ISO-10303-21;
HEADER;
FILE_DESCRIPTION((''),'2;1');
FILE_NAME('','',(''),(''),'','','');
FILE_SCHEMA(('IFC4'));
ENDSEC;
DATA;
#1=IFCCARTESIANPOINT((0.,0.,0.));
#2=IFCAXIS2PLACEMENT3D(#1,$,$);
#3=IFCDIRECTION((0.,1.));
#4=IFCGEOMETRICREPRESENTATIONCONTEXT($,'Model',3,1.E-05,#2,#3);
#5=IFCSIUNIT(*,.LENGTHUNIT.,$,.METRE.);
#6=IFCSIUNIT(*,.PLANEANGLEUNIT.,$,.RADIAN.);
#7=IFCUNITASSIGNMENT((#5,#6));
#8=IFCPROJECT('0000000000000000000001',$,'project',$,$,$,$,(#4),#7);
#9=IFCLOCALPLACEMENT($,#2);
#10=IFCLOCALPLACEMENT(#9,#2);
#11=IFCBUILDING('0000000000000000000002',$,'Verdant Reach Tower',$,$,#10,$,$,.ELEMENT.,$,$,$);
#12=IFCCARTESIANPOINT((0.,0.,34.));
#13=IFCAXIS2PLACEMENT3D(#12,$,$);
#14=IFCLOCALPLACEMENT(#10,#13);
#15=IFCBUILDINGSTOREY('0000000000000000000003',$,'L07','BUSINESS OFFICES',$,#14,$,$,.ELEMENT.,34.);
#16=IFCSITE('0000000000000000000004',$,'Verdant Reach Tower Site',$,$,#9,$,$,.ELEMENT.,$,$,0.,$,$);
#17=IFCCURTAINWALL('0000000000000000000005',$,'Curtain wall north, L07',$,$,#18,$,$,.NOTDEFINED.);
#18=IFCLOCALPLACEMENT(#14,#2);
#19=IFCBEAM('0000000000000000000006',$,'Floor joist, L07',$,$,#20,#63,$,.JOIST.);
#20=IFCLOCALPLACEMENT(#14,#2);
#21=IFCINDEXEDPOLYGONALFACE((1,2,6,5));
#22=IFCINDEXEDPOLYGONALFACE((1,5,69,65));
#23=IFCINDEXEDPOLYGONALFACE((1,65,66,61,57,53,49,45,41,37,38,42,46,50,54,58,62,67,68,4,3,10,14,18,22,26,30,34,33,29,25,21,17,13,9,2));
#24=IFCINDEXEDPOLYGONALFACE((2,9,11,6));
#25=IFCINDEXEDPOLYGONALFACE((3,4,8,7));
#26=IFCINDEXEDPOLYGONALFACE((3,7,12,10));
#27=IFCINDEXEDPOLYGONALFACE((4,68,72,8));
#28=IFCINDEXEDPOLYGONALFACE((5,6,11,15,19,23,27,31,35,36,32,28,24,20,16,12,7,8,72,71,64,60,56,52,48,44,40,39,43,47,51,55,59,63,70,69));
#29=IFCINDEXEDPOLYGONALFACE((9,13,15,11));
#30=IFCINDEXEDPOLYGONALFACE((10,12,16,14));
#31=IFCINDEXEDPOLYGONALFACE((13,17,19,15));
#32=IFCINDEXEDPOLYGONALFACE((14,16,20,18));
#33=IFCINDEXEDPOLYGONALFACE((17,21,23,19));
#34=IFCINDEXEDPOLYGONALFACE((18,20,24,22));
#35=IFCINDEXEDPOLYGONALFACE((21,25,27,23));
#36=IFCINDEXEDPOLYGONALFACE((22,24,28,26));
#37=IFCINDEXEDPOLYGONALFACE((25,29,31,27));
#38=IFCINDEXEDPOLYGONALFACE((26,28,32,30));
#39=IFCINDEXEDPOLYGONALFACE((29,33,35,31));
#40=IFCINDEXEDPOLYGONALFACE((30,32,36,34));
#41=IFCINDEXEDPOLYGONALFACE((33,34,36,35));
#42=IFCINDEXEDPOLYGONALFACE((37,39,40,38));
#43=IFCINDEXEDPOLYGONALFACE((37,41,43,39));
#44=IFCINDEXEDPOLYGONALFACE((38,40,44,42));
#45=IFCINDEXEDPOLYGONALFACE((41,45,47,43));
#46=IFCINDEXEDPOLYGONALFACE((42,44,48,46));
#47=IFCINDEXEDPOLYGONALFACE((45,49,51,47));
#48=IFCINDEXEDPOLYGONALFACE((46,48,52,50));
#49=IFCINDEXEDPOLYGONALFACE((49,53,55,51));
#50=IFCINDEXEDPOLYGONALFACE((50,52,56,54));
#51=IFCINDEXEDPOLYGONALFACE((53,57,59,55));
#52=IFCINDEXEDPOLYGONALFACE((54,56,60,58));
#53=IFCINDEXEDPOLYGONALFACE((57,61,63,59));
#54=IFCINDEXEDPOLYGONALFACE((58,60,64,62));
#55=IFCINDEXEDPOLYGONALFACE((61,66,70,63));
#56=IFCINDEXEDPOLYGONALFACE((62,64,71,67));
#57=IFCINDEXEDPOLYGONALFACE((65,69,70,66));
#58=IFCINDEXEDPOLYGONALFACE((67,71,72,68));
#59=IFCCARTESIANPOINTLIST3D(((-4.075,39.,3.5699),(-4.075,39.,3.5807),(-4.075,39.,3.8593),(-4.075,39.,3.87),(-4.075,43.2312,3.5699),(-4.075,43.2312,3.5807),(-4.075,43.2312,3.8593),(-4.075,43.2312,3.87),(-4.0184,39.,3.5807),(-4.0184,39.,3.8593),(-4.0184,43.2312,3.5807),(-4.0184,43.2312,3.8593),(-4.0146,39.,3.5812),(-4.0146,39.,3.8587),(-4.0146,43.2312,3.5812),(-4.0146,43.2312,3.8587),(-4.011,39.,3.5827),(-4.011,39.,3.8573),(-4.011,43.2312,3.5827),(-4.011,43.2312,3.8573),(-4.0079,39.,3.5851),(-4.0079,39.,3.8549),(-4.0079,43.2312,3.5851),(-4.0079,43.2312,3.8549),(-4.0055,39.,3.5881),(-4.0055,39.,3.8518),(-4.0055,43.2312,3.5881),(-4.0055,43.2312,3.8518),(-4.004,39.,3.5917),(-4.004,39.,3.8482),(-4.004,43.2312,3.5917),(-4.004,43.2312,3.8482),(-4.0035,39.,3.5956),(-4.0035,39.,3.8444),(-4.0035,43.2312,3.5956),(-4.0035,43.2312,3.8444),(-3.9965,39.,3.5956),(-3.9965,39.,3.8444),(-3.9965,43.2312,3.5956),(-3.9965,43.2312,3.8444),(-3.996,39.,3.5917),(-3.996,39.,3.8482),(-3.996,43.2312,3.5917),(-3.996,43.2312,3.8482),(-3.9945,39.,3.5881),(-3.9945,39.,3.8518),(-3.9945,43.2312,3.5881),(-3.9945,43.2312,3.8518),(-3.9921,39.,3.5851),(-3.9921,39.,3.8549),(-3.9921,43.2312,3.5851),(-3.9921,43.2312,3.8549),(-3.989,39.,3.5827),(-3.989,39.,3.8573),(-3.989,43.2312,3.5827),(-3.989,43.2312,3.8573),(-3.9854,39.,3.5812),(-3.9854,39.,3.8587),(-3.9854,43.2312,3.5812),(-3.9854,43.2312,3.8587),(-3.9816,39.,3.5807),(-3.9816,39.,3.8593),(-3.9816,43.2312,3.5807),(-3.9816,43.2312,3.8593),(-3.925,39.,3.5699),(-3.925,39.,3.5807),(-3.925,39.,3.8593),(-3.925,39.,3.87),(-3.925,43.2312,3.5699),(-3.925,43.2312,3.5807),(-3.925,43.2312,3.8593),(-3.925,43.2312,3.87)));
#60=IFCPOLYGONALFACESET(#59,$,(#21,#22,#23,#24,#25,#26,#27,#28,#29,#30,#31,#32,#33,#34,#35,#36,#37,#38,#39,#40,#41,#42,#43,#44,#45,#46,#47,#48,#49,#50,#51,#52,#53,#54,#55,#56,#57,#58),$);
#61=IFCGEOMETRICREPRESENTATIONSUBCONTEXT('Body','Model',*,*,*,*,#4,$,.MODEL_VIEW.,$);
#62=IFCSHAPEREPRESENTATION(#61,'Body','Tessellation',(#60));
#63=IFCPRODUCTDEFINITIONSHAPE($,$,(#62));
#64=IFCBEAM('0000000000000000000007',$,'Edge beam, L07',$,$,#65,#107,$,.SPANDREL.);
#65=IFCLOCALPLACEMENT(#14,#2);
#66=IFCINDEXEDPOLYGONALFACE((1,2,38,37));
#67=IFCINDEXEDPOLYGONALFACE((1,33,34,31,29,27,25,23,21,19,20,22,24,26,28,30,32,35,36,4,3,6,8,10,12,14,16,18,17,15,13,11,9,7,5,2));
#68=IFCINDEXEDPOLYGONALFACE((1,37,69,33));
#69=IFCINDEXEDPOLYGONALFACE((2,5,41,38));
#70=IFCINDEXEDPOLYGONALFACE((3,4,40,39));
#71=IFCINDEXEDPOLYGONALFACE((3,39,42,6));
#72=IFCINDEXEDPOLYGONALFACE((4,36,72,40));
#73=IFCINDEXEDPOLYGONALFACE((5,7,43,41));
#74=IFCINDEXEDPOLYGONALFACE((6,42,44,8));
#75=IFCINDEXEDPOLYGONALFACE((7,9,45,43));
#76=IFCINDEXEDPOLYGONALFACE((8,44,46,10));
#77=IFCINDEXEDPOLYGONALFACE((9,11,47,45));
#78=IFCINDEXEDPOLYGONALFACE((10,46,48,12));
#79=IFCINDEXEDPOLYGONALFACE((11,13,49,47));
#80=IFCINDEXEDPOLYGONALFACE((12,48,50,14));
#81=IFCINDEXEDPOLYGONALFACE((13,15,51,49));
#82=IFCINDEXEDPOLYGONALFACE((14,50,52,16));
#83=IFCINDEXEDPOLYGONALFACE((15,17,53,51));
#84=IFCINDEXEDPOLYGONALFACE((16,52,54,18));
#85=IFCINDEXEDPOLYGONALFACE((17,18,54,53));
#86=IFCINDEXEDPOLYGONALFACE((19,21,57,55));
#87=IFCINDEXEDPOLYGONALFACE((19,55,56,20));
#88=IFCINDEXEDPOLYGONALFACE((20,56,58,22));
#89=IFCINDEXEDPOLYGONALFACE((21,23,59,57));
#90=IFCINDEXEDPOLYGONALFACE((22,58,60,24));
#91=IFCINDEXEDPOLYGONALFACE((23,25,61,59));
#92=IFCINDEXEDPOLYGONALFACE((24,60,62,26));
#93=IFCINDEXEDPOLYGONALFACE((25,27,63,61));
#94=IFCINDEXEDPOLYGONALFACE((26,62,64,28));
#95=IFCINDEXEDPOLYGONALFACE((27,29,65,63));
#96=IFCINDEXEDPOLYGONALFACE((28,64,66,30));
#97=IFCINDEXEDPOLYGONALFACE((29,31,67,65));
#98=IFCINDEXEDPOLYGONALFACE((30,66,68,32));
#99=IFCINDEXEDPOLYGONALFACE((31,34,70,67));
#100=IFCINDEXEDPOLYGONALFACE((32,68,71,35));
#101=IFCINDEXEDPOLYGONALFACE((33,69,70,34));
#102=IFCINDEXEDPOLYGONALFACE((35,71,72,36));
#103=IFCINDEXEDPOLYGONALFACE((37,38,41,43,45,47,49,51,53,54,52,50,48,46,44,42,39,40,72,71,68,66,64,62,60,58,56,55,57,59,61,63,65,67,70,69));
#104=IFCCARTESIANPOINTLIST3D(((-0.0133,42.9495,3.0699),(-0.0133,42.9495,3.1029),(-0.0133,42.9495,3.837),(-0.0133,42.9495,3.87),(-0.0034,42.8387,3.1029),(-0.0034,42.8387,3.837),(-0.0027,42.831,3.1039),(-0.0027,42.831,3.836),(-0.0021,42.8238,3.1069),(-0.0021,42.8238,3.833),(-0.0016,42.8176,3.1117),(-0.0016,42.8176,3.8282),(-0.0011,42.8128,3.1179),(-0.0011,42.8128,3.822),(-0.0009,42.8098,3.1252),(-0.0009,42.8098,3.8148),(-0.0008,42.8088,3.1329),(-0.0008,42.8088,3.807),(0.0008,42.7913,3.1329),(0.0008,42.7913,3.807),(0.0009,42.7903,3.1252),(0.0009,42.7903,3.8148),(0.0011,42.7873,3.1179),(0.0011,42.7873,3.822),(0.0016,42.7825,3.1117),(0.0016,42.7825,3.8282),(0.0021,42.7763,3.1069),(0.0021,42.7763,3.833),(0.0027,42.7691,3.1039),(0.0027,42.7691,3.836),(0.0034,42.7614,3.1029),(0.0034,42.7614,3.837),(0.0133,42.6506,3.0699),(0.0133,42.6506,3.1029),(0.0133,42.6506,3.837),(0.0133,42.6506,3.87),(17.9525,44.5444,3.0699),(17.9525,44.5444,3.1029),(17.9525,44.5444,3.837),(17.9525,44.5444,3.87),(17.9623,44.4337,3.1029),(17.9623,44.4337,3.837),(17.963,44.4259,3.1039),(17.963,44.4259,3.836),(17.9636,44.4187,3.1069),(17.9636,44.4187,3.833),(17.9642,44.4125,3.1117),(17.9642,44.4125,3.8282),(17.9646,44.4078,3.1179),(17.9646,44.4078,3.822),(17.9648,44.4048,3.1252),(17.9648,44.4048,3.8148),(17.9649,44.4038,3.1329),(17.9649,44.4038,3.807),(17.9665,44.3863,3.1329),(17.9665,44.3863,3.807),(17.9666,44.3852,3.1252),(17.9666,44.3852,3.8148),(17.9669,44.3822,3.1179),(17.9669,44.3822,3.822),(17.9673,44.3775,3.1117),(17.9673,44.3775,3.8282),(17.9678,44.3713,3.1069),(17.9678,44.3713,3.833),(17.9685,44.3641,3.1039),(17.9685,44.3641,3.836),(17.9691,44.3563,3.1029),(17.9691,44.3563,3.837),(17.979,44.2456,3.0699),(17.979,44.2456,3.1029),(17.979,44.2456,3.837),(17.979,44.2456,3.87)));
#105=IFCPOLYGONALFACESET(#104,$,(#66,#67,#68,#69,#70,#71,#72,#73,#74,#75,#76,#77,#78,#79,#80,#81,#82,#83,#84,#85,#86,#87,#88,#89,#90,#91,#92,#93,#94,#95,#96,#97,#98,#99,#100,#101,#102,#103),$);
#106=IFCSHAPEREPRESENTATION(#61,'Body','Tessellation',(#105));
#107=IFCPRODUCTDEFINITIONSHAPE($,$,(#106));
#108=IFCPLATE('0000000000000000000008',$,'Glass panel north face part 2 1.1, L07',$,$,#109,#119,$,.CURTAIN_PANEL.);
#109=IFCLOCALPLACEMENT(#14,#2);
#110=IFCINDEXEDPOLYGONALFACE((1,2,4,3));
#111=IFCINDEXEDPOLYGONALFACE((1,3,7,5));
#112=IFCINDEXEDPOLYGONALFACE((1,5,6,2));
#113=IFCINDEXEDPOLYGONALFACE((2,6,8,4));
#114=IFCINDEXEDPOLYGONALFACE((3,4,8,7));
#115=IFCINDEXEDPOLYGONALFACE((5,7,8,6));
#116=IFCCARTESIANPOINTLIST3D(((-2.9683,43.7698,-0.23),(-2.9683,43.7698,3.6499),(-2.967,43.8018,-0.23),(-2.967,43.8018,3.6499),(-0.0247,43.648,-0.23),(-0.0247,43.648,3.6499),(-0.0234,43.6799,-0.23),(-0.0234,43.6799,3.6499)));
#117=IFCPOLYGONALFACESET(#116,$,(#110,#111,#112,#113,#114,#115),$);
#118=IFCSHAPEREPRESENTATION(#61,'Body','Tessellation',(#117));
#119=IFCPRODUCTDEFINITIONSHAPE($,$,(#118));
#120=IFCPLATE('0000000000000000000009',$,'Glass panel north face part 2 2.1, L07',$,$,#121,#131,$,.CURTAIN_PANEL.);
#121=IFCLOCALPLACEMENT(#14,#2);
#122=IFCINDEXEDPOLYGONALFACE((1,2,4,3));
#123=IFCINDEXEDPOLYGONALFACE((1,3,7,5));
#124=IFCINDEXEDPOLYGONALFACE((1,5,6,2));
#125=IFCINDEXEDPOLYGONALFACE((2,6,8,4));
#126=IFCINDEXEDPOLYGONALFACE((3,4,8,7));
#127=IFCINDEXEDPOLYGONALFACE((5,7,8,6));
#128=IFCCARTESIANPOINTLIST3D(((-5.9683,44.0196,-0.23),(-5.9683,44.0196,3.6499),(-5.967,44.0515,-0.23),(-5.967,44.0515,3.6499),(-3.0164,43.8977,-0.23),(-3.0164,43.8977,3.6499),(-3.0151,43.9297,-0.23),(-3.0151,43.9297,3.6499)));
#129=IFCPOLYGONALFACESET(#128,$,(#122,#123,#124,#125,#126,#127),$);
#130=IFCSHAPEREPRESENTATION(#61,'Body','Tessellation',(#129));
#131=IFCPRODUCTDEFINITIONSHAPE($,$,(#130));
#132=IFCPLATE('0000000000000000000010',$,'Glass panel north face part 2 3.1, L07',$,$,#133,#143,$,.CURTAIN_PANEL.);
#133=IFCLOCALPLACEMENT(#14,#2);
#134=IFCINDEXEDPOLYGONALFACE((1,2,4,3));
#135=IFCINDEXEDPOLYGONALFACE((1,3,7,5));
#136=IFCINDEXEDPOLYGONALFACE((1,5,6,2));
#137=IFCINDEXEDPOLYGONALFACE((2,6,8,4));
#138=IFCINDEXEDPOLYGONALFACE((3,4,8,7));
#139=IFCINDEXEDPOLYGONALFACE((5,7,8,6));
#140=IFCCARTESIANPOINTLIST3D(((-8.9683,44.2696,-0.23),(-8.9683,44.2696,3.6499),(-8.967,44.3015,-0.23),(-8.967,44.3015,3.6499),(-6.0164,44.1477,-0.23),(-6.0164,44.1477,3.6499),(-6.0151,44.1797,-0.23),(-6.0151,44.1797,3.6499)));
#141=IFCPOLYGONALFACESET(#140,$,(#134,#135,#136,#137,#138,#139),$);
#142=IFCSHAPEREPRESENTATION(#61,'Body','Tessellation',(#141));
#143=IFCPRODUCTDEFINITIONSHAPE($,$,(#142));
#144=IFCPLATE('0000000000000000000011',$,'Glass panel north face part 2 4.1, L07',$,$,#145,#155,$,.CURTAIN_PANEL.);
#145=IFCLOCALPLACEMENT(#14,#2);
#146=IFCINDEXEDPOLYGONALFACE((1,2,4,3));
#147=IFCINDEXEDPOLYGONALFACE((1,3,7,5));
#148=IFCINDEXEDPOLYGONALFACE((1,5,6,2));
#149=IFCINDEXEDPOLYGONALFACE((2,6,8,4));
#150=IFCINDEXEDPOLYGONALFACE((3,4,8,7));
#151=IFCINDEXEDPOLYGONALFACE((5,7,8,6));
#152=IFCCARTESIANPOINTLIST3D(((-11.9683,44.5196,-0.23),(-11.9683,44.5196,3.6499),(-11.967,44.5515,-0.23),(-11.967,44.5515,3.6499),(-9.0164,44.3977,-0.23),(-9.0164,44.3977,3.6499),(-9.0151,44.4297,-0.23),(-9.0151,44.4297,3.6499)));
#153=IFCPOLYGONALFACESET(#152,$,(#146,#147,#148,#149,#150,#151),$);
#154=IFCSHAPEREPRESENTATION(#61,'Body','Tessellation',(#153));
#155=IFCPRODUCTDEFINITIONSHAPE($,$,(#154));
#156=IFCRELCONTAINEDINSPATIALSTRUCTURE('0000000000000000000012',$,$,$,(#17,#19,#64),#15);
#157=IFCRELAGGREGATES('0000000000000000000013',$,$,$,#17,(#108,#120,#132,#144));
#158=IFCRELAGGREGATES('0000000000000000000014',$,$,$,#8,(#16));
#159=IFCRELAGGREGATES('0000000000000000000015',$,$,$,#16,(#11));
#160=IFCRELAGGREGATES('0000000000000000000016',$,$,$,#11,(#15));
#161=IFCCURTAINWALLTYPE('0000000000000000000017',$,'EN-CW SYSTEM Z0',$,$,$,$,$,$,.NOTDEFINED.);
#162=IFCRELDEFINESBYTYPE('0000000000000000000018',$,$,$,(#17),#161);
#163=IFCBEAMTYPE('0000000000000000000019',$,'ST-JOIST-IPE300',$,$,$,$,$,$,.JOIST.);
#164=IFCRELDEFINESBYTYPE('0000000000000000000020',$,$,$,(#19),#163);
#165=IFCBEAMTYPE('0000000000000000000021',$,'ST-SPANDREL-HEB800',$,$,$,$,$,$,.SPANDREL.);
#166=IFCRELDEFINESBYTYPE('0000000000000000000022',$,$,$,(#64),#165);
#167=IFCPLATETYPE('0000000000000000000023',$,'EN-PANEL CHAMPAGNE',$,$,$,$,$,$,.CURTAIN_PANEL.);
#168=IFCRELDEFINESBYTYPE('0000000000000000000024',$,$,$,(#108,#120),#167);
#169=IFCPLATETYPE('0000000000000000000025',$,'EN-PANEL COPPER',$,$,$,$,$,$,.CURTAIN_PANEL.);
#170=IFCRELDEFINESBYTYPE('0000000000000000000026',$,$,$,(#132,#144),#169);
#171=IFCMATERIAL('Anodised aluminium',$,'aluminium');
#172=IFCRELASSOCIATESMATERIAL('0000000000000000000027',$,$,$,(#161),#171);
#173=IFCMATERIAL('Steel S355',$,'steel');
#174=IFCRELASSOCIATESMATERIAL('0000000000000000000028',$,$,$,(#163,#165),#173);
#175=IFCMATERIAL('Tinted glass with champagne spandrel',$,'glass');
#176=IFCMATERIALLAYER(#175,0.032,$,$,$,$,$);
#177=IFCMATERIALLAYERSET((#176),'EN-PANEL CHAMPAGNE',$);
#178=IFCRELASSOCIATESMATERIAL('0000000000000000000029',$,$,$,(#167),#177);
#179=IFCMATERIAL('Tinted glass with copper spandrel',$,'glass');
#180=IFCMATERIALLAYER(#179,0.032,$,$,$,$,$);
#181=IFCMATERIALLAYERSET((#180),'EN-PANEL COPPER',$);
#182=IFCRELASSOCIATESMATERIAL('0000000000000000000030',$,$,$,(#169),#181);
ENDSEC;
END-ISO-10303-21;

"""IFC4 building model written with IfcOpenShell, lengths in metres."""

from ifc_helpers import new_model, si_unit, direction, frame, origin, origin_2d, place, context, subcontext, project, spatial, rectangle, i_section, extrude, material, layer, layer_set, material_profile, profile_set, type_object, element, aggregate, save


model = new_model("IFC4")

# Units and contexts
model_context = context("Model", 3, precision=1e-05, world=origin(), true_north=direction((0.0, 1.0)))
body_context = subcontext(model_context, "Body", "Model", "MODEL_VIEW")
ifc_project = project(units=[si_unit("LENGTHUNIT", "METRE"), si_unit("PLANEANGLEUNIT", "RADIAN")], contexts=[model_context])

# Site, building, storey
site_placement = place(None, origin())
site = spatial("IfcSite", under=ifc_project, at=site_placement, Name="Verdant Reach Tower Site", CompositionType="ELEMENT", RefElevation=0.0)
building_placement = place(site_placement, origin())
building = spatial("IfcBuilding", under=site, at=building_placement, Name="Verdant Reach Tower", CompositionType="ELEMENT")
storey_placement = place(building_placement, frame((0.0, 0.0, 34.0)))
storey = spatial("IfcBuildingStorey", under=building, at=storey_placement, Name="L07", Description="BUSINESS OFFICES", CompositionType="ELEMENT", Elevation=34.0)

# Curtain wall
ifc_material_1 = material(Name="Anodised aluminium", Category="aluminium")
curtain_wall_type = type_object("IfcCurtainWallType", Name="EN-CW SYSTEM Z0", PredefinedType="NOTDEFINED", material=ifc_material_1)
curtain_wall_placement = place(storey_placement, origin())
curtain_wall = element("IfcCurtainWall", 1, at=curtain_wall_placement, inside=storey, type_object=curtain_wall_type, Name="Curtain wall north, L07", PredefinedType="NOTDEFINED")

# Beams
ifc_material_2 = material(Name="Steel S355", Category="steel")
ifc_material_profile_1 = material_profile(ifc_material_2, i_section(OverallWidth=0.1499, OverallDepth=0.3, WebThickness=0.0071, FlangeThickness=0.0107, FilletRadius=0.0149, at=origin_2d()), Name="IPE 300")
ifc_profile_set_1 = profile_set([ifc_material_profile_1], Name="Steel S355")
beam_type_1 = type_object("IfcBeamType", Name="ST-JOIST-IPE300", PredefinedType="JOIST", material=ifc_profile_set_1)
beam_1_placement = place(storey_placement, frame((-4.0, 39.0, 3.72), z_axis=(0.0, 1.0, 0.0), x_axis=(-1.0, 0.0, 0.0)))
element("IfcBeam", 2, at=beam_1_placement, inside=storey, type_object=beam_type_1, Name="Floor joist, L07", PredefinedType="JOIST", context=body_context, shape_type="SweptSolid", body=[
    extrude(i_section(OverallWidth=0.1499, OverallDepth=0.3, WebThickness=0.0071, FlangeThickness=0.0107, FilletRadius=0.0149, at=origin_2d()), origin(), (0.0, 0.0, 1.0), 4.2312),
])
ifc_material_profile_2 = material_profile(ifc_material_2, i_section(OverallWidth=0.3, OverallDepth=0.8, WebThickness=0.0176, FlangeThickness=0.033, FilletRadius=0.03, at=origin_2d()), Name="HEB 800")
ifc_profile_set_2 = profile_set([ifc_material_profile_2], Name="Steel S355")
beam_type_2 = type_object("IfcBeamType", Name="ST-SPANDREL-HEB800", PredefinedType="SPANDREL", material=ifc_profile_set_2)
beam_2_placement = place(storey_placement, frame((0.0, 42.8, 3.47), z_axis=(0.996082, 0.08843, 0.0), x_axis=(-0.08843, 0.996082, 0.0)))
element("IfcBeam", 3, at=beam_2_placement, inside=storey, type_object=beam_type_2, Name="Edge beam, L07", PredefinedType="SPANDREL", context=body_context, shape_type="SweptSolid", body=[
    extrude(i_section(OverallWidth=0.3, OverallDepth=0.8, WebThickness=0.0176, FlangeThickness=0.033, FilletRadius=0.03, at=origin_2d()), origin(), (0.0, 0.0, 1.0), 18.0364),
])

# Plates
ifc_material_3 = material(Name="Tinted glass with champagne spandrel", Category="glass")
ifc_layer_1 = layer(ifc_material_3, 0.032)
ifc_layer_set_1 = layer_set([ifc_layer_1], Name="EN-PANEL CHAMPAGNE")
plate_type_1 = type_object("IfcPlateType", Name="EN-PANEL CHAMPAGNE", PredefinedType="CURTAIN_PANEL", material=ifc_layer_set_1)
plate_1_placement = place(storey_placement, frame((-1.4958, 43.7249, -0.23), z_axis=(0.0, 0.0, 1.0), x_axis=(-0.999144, 0.041357, 0.0)))
plate_1 = element("IfcPlate", 4, at=plate_1_placement, type_object=plate_type_1, Name="Glass panel north face part 2 1.1, L07", PredefinedType="CURTAIN_PANEL", context=body_context, shape_type="SweptSolid", body=[
    extrude(rectangle(XDim=2.946, YDim=0.032, at=origin_2d()), origin(), (0.0, 0.0, 1.0), 3.8799),
])
plate_2_placement = place(storey_placement, frame((-4.4917, 43.9746, -0.23), z_axis=(0.0, 0.0, 1.0), x_axis=(-0.999149, 0.041242, 0.0)))
plate_2 = element("IfcPlate", 5, at=plate_2_placement, type_object=plate_type_1, Name="Glass panel north face part 2 2.1, L07", PredefinedType="CURTAIN_PANEL", context=body_context, shape_type="SweptSolid", body=[
    extrude(rectangle(XDim=2.9543, YDim=0.032, at=origin_2d()), origin(), (0.0, 0.0, 1.0), 3.8799),
])
ifc_material_4 = material(Name="Tinted glass with copper spandrel", Category="glass")
ifc_layer_2 = layer(ifc_material_4, 0.032)
ifc_layer_set_2 = layer_set([ifc_layer_2], Name="EN-PANEL COPPER")
plate_type_2 = type_object("IfcPlateType", Name="EN-PANEL COPPER", PredefinedType="CURTAIN_PANEL", material=ifc_layer_set_2)
plate_3_placement = place(storey_placement, frame((-7.4917, 44.2246, -0.23), z_axis=(0.0, 0.0, 1.0), x_axis=(-0.999149, 0.041242, 0.0)))
plate_3 = element("IfcPlate", 6, at=plate_3_placement, type_object=plate_type_2, Name="Glass panel north face part 2 3.1, L07", PredefinedType="CURTAIN_PANEL", context=body_context, shape_type="SweptSolid", body=[
    extrude(rectangle(XDim=2.9543, YDim=0.032, at=origin_2d()), origin(), (0.0, 0.0, 1.0), 3.8799),
])
plate_4_placement = place(storey_placement, frame((-10.4917, 44.4746, -0.23), z_axis=(0.0, 0.0, 1.0), x_axis=(-0.999149, 0.041242, 0.0)))
plate_4 = element("IfcPlate", 7, at=plate_4_placement, type_object=plate_type_2, Name="Glass panel north face part 2 4.1, L07", PredefinedType="CURTAIN_PANEL", context=body_context, shape_type="SweptSolid", body=[
    extrude(rectangle(XDim=2.9543, YDim=0.032, at=origin_2d()), origin(), (0.0, 0.0, 1.0), 3.8799),
])
aggregate(curtain_wall, [plate_1, plate_2, plate_3, plate_4])

save(model, "model.ifc")
